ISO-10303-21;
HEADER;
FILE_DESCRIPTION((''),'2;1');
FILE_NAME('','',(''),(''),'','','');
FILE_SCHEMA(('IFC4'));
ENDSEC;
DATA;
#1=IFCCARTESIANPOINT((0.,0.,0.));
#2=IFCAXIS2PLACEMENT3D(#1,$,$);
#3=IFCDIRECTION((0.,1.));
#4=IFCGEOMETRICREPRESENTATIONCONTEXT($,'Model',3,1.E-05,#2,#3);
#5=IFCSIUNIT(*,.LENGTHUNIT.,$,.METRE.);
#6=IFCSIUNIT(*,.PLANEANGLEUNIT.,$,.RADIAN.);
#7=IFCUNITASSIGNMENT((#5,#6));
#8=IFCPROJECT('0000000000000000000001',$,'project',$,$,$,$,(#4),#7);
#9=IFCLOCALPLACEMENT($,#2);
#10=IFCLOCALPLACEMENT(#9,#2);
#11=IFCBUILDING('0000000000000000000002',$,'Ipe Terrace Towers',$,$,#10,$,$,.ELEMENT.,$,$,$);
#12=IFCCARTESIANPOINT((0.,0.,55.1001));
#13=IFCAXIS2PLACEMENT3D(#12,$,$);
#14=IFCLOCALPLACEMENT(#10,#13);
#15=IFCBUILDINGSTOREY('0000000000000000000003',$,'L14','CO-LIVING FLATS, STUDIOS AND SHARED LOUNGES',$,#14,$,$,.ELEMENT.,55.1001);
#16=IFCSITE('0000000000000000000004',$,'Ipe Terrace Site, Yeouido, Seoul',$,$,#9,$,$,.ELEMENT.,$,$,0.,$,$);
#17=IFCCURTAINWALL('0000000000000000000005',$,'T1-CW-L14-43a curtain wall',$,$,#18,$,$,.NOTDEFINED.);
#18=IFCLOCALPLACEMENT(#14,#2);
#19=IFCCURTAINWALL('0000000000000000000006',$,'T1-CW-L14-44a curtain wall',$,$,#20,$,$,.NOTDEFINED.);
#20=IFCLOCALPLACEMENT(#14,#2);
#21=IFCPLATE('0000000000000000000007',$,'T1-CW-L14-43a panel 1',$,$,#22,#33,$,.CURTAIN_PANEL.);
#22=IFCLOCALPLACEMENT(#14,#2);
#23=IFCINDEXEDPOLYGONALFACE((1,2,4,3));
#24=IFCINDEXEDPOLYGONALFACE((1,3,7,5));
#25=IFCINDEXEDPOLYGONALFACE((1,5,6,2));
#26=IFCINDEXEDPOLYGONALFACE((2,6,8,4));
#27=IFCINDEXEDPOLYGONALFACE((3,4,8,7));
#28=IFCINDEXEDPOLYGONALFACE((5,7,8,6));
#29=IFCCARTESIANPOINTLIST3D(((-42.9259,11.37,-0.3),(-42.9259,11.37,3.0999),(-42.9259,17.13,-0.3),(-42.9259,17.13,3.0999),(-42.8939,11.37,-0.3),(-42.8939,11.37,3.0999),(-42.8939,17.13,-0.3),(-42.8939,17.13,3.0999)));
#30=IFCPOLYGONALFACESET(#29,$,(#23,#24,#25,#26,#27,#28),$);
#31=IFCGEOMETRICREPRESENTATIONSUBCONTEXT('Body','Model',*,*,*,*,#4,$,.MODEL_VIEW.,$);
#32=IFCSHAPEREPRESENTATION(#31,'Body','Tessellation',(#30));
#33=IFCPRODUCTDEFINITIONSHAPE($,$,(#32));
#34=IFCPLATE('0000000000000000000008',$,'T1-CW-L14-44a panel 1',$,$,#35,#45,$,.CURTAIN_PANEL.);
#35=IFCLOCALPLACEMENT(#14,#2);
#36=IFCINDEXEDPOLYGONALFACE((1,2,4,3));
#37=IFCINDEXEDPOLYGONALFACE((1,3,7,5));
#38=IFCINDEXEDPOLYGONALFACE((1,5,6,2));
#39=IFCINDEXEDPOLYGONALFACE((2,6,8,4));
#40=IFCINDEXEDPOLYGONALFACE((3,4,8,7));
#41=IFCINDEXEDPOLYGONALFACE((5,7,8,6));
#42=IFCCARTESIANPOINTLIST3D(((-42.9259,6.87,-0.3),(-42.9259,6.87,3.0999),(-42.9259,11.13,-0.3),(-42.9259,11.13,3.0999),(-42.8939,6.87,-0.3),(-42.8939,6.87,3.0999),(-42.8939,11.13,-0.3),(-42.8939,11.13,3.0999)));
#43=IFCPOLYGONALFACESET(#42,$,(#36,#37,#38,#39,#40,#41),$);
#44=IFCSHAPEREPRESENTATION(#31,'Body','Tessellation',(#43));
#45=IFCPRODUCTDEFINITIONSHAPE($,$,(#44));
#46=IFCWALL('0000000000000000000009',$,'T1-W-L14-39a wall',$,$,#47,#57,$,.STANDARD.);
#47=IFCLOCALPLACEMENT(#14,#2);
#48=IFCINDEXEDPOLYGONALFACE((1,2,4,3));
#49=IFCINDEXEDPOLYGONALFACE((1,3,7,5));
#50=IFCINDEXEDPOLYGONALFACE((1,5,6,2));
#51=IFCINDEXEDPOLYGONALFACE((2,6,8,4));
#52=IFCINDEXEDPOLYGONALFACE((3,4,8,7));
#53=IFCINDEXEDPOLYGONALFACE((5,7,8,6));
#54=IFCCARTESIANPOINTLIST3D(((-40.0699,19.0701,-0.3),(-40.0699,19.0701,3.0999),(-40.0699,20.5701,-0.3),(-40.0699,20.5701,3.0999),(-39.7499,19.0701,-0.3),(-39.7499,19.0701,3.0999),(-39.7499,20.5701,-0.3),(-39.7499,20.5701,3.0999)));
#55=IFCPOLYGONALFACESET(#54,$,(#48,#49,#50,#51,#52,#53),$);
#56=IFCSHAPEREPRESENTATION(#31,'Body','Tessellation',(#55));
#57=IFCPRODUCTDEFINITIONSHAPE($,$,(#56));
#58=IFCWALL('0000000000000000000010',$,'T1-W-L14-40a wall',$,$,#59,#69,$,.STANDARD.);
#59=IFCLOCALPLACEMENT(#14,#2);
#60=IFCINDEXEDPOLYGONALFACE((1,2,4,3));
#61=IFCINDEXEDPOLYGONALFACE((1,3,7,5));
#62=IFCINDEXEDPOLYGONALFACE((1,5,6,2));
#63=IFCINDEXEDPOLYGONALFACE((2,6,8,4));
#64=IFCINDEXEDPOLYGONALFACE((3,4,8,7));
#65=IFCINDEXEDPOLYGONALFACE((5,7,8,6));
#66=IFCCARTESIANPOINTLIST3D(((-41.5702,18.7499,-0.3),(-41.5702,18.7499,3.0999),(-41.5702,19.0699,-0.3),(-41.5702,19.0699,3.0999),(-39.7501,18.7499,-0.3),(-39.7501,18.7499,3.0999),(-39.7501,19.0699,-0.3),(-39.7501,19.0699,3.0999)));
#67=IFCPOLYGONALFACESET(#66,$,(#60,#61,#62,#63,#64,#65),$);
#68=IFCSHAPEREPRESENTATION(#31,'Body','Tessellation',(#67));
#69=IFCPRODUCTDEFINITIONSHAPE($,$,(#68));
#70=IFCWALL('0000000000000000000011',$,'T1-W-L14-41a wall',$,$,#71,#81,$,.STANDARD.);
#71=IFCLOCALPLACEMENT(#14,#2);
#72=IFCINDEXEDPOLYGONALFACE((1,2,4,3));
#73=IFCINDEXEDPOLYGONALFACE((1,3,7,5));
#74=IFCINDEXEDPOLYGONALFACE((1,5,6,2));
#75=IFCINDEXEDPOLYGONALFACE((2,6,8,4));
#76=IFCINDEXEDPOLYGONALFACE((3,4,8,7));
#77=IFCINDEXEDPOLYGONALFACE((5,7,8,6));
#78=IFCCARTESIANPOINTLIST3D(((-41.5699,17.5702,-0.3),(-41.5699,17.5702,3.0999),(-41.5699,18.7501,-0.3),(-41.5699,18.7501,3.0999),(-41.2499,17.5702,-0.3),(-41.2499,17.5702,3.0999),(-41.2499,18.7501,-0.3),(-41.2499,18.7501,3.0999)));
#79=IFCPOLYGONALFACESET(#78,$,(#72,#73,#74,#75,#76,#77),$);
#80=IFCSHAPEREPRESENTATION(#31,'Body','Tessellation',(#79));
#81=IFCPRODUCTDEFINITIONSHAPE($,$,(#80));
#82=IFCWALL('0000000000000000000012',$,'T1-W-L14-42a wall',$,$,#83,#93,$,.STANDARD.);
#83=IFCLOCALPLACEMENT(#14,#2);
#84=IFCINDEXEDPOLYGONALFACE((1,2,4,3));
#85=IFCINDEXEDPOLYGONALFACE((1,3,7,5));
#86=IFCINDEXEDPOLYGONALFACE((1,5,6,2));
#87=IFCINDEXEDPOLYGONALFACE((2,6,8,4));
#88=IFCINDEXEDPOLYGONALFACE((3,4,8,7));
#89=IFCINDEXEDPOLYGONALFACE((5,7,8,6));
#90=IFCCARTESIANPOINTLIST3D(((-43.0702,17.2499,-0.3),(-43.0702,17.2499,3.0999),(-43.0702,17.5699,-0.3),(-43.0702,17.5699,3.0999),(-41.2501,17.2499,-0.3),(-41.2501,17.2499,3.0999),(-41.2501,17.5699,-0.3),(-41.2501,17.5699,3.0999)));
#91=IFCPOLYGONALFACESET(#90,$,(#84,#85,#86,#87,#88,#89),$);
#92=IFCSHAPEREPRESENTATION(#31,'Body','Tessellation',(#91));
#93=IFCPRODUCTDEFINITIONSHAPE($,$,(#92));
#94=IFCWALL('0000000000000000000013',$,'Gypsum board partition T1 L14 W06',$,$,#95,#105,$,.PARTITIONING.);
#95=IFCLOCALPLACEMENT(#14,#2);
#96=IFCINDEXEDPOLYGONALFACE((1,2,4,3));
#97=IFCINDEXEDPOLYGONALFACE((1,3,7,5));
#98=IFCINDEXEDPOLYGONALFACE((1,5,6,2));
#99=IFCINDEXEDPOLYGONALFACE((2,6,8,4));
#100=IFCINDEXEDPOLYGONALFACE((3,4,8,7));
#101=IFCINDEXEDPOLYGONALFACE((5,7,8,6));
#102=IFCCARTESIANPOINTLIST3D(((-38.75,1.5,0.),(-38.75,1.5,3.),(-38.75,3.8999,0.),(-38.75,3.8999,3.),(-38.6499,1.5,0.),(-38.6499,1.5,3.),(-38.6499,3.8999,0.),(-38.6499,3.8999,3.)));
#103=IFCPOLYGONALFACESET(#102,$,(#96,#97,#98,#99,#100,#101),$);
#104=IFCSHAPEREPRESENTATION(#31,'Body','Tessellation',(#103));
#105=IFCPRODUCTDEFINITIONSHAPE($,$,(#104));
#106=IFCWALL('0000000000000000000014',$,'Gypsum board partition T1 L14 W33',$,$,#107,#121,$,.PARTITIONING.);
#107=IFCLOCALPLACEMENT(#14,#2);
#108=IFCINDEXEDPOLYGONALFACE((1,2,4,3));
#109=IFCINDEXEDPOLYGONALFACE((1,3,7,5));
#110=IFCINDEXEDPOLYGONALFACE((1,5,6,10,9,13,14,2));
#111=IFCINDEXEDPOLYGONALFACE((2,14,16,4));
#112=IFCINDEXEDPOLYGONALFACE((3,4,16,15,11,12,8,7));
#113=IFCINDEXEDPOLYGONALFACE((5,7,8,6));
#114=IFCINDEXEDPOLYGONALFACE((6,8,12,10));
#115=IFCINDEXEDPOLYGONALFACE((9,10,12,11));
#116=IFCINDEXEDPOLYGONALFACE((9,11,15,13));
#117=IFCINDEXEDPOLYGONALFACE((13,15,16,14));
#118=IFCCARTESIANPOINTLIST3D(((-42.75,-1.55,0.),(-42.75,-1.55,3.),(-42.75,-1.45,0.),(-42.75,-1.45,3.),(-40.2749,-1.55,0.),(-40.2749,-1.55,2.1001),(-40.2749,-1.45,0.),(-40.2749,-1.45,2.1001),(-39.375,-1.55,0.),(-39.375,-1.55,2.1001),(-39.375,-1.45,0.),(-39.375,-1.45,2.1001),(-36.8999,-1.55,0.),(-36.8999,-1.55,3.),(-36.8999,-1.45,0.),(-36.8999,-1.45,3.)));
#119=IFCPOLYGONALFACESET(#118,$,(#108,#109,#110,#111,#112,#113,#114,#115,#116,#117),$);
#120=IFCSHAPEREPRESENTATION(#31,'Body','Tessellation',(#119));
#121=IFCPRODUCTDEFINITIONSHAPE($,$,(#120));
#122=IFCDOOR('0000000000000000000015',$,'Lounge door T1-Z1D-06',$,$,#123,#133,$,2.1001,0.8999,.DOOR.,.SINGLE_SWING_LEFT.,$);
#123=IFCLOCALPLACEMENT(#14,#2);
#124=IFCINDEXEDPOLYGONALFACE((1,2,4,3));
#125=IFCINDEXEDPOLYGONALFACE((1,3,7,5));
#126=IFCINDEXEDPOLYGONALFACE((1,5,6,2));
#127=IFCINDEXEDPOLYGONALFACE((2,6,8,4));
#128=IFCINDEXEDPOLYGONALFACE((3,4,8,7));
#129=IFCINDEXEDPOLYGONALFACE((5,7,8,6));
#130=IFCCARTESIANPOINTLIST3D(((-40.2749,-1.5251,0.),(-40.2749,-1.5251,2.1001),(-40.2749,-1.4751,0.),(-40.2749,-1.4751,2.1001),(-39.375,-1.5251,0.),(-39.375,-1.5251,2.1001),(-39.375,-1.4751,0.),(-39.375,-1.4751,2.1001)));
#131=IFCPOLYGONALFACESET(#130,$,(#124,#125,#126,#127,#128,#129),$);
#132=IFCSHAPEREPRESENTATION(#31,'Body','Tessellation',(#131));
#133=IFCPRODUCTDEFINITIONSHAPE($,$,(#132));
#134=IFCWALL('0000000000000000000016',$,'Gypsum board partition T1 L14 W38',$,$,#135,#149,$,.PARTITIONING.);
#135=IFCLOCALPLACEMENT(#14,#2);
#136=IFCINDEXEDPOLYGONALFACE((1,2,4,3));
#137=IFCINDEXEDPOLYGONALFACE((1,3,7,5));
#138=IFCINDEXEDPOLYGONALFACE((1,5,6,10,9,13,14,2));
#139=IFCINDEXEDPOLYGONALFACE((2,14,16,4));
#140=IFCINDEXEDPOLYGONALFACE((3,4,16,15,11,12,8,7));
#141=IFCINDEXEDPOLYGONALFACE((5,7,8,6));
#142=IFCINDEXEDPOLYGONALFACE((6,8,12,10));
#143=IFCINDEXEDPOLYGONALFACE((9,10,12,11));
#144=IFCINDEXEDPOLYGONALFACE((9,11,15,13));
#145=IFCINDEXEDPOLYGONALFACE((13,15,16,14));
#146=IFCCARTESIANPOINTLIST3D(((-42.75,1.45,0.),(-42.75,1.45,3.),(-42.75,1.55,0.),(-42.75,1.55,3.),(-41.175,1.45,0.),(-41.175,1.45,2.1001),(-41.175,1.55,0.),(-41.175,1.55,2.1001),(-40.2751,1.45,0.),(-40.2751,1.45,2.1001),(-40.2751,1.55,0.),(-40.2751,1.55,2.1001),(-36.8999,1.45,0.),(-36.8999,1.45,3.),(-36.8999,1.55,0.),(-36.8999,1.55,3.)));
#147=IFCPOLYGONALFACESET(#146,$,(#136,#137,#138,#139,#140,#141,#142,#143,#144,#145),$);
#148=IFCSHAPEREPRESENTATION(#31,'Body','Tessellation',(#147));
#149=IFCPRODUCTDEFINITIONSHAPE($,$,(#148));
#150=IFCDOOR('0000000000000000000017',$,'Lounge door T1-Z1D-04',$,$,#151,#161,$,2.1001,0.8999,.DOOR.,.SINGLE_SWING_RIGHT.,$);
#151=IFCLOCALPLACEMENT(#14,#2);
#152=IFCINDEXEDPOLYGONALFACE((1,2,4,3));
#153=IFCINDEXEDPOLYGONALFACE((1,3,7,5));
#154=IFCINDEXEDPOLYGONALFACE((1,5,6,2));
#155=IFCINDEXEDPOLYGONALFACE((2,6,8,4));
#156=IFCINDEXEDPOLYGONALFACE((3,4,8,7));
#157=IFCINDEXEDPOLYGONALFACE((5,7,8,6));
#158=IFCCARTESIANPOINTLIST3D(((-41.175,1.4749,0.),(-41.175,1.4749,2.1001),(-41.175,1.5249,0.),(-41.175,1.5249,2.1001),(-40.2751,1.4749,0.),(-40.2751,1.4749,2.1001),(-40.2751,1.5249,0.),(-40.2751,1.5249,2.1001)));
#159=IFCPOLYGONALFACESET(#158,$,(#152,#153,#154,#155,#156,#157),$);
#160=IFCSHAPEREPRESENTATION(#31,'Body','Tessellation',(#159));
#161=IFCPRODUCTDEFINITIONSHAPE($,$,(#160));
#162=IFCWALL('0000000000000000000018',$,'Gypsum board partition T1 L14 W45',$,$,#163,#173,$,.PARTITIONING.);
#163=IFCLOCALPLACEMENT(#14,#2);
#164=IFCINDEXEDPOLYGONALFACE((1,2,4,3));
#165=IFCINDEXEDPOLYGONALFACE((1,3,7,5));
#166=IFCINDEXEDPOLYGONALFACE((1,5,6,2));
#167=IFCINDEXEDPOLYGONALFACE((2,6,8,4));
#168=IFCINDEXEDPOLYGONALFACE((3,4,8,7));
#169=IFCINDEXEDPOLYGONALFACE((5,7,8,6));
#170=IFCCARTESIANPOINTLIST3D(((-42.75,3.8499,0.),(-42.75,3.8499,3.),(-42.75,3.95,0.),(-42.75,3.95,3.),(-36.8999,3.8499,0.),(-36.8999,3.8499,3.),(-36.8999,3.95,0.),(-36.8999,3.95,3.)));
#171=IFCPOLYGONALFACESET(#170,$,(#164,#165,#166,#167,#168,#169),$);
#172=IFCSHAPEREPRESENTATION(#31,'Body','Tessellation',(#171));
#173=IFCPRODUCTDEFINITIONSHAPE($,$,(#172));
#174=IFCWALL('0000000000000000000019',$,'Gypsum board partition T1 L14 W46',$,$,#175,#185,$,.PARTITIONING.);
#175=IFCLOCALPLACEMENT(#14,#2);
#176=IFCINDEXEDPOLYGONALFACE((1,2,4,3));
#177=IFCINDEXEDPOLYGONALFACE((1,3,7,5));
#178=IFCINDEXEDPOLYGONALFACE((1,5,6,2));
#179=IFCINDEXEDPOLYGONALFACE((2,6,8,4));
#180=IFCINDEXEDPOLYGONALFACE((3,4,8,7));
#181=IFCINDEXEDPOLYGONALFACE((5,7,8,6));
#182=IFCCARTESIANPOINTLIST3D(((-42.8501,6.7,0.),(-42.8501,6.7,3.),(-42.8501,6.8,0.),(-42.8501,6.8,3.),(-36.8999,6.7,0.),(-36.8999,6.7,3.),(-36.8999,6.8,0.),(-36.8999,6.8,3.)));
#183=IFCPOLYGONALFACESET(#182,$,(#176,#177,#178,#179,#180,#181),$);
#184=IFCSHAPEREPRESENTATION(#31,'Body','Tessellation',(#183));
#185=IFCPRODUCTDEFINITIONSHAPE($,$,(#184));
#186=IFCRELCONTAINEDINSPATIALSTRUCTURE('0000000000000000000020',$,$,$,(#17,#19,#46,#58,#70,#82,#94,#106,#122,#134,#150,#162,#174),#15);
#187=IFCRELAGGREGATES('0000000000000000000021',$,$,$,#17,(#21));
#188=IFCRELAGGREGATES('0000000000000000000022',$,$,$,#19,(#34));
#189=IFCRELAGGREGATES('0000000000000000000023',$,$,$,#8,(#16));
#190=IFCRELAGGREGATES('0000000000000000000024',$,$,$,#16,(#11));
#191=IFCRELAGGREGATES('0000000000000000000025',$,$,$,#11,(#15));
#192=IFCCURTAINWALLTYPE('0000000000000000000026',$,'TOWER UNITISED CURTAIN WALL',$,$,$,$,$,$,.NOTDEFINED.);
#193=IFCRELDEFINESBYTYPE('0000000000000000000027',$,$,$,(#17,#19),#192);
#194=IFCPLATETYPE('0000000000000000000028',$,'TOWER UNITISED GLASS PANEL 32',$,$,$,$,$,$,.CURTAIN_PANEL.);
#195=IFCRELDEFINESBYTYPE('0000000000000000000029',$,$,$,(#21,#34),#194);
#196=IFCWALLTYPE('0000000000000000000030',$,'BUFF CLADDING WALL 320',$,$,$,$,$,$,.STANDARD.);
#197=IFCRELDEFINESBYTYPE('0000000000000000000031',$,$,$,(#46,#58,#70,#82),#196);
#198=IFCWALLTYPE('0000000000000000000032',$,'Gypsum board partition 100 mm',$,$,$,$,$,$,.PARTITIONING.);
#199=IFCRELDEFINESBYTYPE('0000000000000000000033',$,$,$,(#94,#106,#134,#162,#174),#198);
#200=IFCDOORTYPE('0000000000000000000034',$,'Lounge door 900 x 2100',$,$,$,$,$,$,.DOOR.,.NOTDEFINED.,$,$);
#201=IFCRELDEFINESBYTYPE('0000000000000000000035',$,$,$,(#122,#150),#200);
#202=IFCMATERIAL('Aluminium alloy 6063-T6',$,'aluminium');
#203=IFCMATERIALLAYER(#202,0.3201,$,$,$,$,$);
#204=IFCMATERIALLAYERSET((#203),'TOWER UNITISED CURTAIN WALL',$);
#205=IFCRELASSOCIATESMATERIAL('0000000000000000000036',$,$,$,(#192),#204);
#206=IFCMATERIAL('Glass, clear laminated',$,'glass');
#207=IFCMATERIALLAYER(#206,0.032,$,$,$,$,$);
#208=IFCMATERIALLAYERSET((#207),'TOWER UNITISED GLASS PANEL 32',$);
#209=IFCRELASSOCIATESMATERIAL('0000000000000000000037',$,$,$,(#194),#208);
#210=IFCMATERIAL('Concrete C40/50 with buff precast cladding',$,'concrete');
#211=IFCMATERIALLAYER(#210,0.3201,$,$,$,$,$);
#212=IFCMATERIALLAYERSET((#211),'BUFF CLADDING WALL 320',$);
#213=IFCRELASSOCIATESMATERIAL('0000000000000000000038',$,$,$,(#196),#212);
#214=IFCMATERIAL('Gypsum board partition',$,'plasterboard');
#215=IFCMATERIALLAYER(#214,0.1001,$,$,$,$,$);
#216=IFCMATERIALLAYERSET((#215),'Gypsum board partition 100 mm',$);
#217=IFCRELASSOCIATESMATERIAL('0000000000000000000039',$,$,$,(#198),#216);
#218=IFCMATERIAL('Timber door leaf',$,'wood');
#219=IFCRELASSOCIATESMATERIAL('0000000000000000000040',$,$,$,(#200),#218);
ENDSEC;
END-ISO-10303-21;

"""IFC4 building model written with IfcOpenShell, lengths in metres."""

from ifc_helpers import new_model, si_unit, direction, frame, frame_2d, origin, origin_2d, place, context, subcontext, project, spatial, rectangle, extrude, material, layer, layer_set, type_object, element, fill, aggregate, save


model = new_model("IFC4")

# Units and contexts
model_context = context("Model", 3, precision=1e-05, world=origin(), true_north=direction((0.0, 1.0)))
body_context = subcontext(model_context, "Body", "Model", "MODEL_VIEW")
ifc_project = project(units=[si_unit("LENGTHUNIT", "METRE"), si_unit("PLANEANGLEUNIT", "RADIAN")], contexts=[model_context])

# Site, building, storey
site_placement = place(None, origin())
site = spatial("IfcSite", under=ifc_project, at=site_placement, Name="Ipe Terrace Site, Yeouido, Seoul", CompositionType="ELEMENT", RefElevation=0.0)
building_placement = place(site_placement, origin())
building = spatial("IfcBuilding", under=site, at=building_placement, Name="Ipe Terrace Towers", CompositionType="ELEMENT")
storey_placement = place(building_placement, frame((0.0, 0.0, 55.1001)))
storey = spatial("IfcBuildingStorey", under=building, at=storey_placement, Name="L14", Description="CO-LIVING FLATS, STUDIOS AND SHARED LOUNGES", CompositionType="ELEMENT", Elevation=55.1001)

# Shared definitions
ifc_material_1 = material(Name="Aluminium alloy 6063-T6", Category="aluminium")
ifc_layer_1 = layer(ifc_material_1, 0.3201)
ifc_layer_set_1 = layer_set([ifc_layer_1], Name="TOWER UNITISED CURTAIN WALL")
curtain_wall_type = type_object("IfcCurtainWallType", Name="TOWER UNITISED CURTAIN WALL", PredefinedType="NOTDEFINED", material=ifc_layer_set_1)

# Curtain walls
curtain_wall_1_placement = place(storey_placement, origin())
curtain_wall_1 = element("IfcCurtainWall", 1, at=curtain_wall_1_placement, inside=storey, type_object=curtain_wall_type, Name="T1-CW-L14-43a curtain wall", PredefinedType="NOTDEFINED")
curtain_wall_2_placement = place(storey_placement, origin())
curtain_wall_2 = element("IfcCurtainWall", 2, at=curtain_wall_2_placement, inside=storey, type_object=curtain_wall_type, Name="T1-CW-L14-44a curtain wall", PredefinedType="NOTDEFINED")

# Plates
ifc_material_2 = material(Name="Glass, clear laminated", Category="glass")
ifc_layer_2 = layer(ifc_material_2, 0.032)
ifc_layer_set_2 = layer_set([ifc_layer_2], Name="TOWER UNITISED GLASS PANEL 32")
plate_type = type_object("IfcPlateType", Name="TOWER UNITISED GLASS PANEL 32", PredefinedType="CURTAIN_PANEL", material=ifc_layer_set_2)
plate_1_placement = place(storey_placement, frame((-42.9099, 14.25, -0.3), z_axis=(0.0, 0.0, 1.0), x_axis=(0.0, -1.0, 0.0)))
plate_1 = element("IfcPlate", 3, at=plate_1_placement, type_object=plate_type, Name="T1-CW-L14-43a panel 1", PredefinedType="CURTAIN_PANEL", context=body_context, shape_type="SweptSolid", body=[
    extrude(rectangle(XDim=5.76, YDim=0.032, at=origin_2d()), origin(), (0.0, 0.0, 1.0), 3.3999),
])
aggregate(curtain_wall_1, [plate_1])
plate_2_placement = place(storey_placement, frame((-42.9099, 9.0, -0.3), z_axis=(0.0, 0.0, 1.0), x_axis=(0.0, -1.0, 0.0)))
plate_2 = element("IfcPlate", 4, at=plate_2_placement, type_object=plate_type, Name="T1-CW-L14-44a panel 1", PredefinedType="CURTAIN_PANEL", context=body_context, shape_type="SweptSolid", body=[
    extrude(rectangle(XDim=4.26, YDim=0.032, at=origin_2d()), origin(), (0.0, 0.0, 1.0), 3.3999),
])
aggregate(curtain_wall_2, [plate_2])

# Walls
ifc_material_3 = material(Name="Concrete C40/50 with buff precast cladding", Category="concrete")
ifc_layer_3 = layer(ifc_material_3, 0.3201)
ifc_layer_set_3 = layer_set([ifc_layer_3], Name="BUFF CLADDING WALL 320")
wall_type_1 = type_object("IfcWallType", Name="BUFF CLADDING WALL 320", PredefinedType="STANDARD", material=ifc_layer_set_3)
wall_1_placement = place(storey_placement, frame((-39.9099, 20.5701, -0.3), z_axis=(0.0, 0.0, 1.0), x_axis=(0.0, -1.0, 0.0)))
element("IfcWall", 5, at=wall_1_placement, inside=storey, type_object=wall_type_1, Name="T1-W-L14-39a wall", PredefinedType="STANDARD", context=body_context, shape_type="SweptSolid", body=[
    extrude(rectangle(XDim=1.5, YDim=0.3201, at=frame_2d((0.75, 0.0))), origin(), (0.0, 0.0, 1.0), 3.3999),
])
wall_2_placement = place(storey_placement, frame((-39.75, 18.9099, -0.3), z_axis=(0.0, 0.0, 1.0), x_axis=(-1.0, 0.0, 0.0)))
element("IfcWall", 6, at=wall_2_placement, inside=storey, type_object=wall_type_1, Name="T1-W-L14-40a wall", PredefinedType="STANDARD", context=body_context, shape_type="SweptSolid", body=[
    extrude(rectangle(XDim=1.8201, YDim=0.3201, at=frame_2d((0.9102, 0.0))), origin(), (0.0, 0.0, 1.0), 3.3999),
])
wall_3_placement = place(storey_placement, frame((-41.4099, 18.75, -0.3), z_axis=(0.0, 0.0, 1.0), x_axis=(0.0, -1.0, 0.0)))
element("IfcWall", 7, at=wall_3_placement, inside=storey, type_object=wall_type_1, Name="T1-W-L14-41a wall", PredefinedType="STANDARD", context=body_context, shape_type="SweptSolid", body=[
    extrude(rectangle(XDim=1.1799, YDim=0.3201, at=frame_2d((0.5898, 0.0))), origin(), (0.0, 0.0, 1.0), 3.3999),
])
wall_4_placement = place(storey_placement, frame((-41.25, 17.4099, -0.3), z_axis=(0.0, 0.0, 1.0), x_axis=(-1.0, 0.0, 0.0)))
element("IfcWall", 8, at=wall_4_placement, inside=storey, type_object=wall_type_1, Name="T1-W-L14-42a wall", PredefinedType="STANDARD", context=body_context, shape_type="SweptSolid", body=[
    extrude(rectangle(XDim=1.8201, YDim=0.3201, at=frame_2d((0.9102, 0.0))), origin(), (0.0, 0.0, 1.0), 3.3999),
])
ifc_material_4 = material(Name="Gypsum board partition", Category="plasterboard")
ifc_layer_4 = layer(ifc_material_4, 0.1001)
ifc_layer_set_4 = layer_set([ifc_layer_4], Name="Gypsum board partition 100 mm")
wall_type_2 = type_object("IfcWallType", Name="Gypsum board partition 100 mm", PredefinedType="PARTITIONING", material=ifc_layer_set_4)
wall_5_placement = place(storey_placement, frame((-38.7, 1.5, 0.0), z_axis=(0.0, 0.0, 1.0), x_axis=(0.0, 1.0, 0.0)))
element("IfcWall", 9, at=wall_5_placement, inside=storey, type_object=wall_type_2, Name="Gypsum board partition T1 L14 W06", PredefinedType="PARTITIONING", context=body_context, shape_type="SweptSolid", body=[
    extrude(rectangle(XDim=2.3999, YDim=0.1001, at=frame_2d((1.2, 0.0))), origin(), (0.0, 0.0, 1.0), 3.0),
])

# Walls, openings, doors
wall_6_placement = place(storey_placement, frame((-42.75, -1.5, 0.0), z_axis=(0.0, 0.0, 1.0), x_axis=(1.0, 0.0, 0.0)))
wall_6 = element("IfcWall", 10, at=wall_6_placement, inside=storey, type_object=wall_type_2, Name="Gypsum board partition T1 L14 W33", PredefinedType="PARTITIONING", context=body_context, shape_type="SweptSolid", body=[
    extrude(rectangle(XDim=5.8501, YDim=0.1001, at=frame_2d((2.925, 0.0))), origin(), (0.0, 0.0, 1.0), 3.0),
])
opening_1_placement = place(wall_6_placement, frame((2.4751, 0.0, 0.0)))
opening_1 = element("IfcOpeningElement", 11, at=opening_1_placement, cuts=wall_6, PredefinedType="OPENING", context=body_context, shape_type="SweptSolid", body=[
    extrude(rectangle(XDim=0.8999, YDim=2.1001, at=frame_2d((0.45, 1.05))), frame((0.0, 0.0601, 0.0), z_axis=(0.0, -1.0, 0.0), x_axis=(1.0, 0.0, 0.0)), (0.0, 0.0, 1.0), 0.1201),
])
ifc_material_5 = material(Name="Timber door leaf", Category="wood")
door_type_1 = type_object("IfcDoorType", Name="Lounge door 900 x 2100", OperationType="NOTDEFINED", PredefinedType="DOOR", material=ifc_material_5)
door_1_placement = place(opening_1_placement, origin())
door_1 = element("IfcDoor", 12, at=door_1_placement, inside=storey, type_object=door_type_1, Name="Lounge door T1-Z1D-06", OperationType="SINGLE_SWING_LEFT", OverallHeight=2.1001, OverallWidth=0.8999, PredefinedType="DOOR", context=body_context, shape_type="SweptSolid", body=[
    extrude(rectangle(XDim=0.8999, YDim=2.1001, at=frame_2d((0.45, 1.05))), frame((0.0, 0.0249, 0.0), z_axis=(0.0, -1.0, 0.0), x_axis=(1.0, 0.0, 0.0)), (0.0, 0.0, 1.0), 0.05),
])
fill(opening_1, door_1)
wall_7_placement = place(storey_placement, frame((-42.75, 1.5, 0.0), z_axis=(0.0, 0.0, 1.0), x_axis=(1.0, 0.0, 0.0)))
wall_7 = element("IfcWall", 13, at=wall_7_placement, inside=storey, type_object=wall_type_2, Name="Gypsum board partition T1 L14 W38", PredefinedType="PARTITIONING", context=body_context, shape_type="SweptSolid", body=[
    extrude(rectangle(XDim=5.8501, YDim=0.1001, at=frame_2d((2.925, 0.0))), origin(), (0.0, 0.0, 1.0), 3.0),
])
opening_2_placement = place(wall_7_placement, frame((1.575, 0.0, 0.0)))
opening_2 = element("IfcOpeningElement", 14, at=opening_2_placement, cuts=wall_7, PredefinedType="OPENING", context=body_context, shape_type="SweptSolid", body=[
    extrude(rectangle(XDim=0.8999, YDim=2.1001, at=frame_2d((0.45, 1.05))), frame((0.0, 0.0601, 0.0), z_axis=(0.0, -1.0, 0.0), x_axis=(1.0, 0.0, 0.0)), (0.0, 0.0, 1.0), 0.1201),
])
door_2_placement = place(opening_2_placement, origin())
door_2 = element("IfcDoor", 15, at=door_2_placement, inside=storey, type_object=door_type_1, Name="Lounge door T1-Z1D-04", OperationType="SINGLE_SWING_RIGHT", OverallHeight=2.1001, OverallWidth=0.8999, PredefinedType="DOOR", context=body_context, shape_type="SweptSolid", body=[
    extrude(rectangle(XDim=0.8999, YDim=2.1001, at=frame_2d((0.45, 1.05))), frame((0.0, 0.0249, 0.0), z_axis=(0.0, -1.0, 0.0), x_axis=(1.0, 0.0, 0.0)), (0.0, 0.0, 1.0), 0.05),
])
fill(opening_2, door_2)

# Walls
wall_8_placement = place(storey_placement, frame((-42.75, 3.8999, 0.0), z_axis=(0.0, 0.0, 1.0), x_axis=(1.0, 0.0, 0.0)))
element("IfcWall", 16, at=wall_8_placement, inside=storey, type_object=wall_type_2, Name="Gypsum board partition T1 L14 W45", PredefinedType="PARTITIONING", context=body_context, shape_type="SweptSolid", body=[
    extrude(rectangle(XDim=5.8501, YDim=0.1001, at=frame_2d((2.925, 0.0))), origin(), (0.0, 0.0, 1.0), 3.0),
])
wall_9_placement = place(storey_placement, frame((-42.8501, 6.75, 0.0), z_axis=(0.0, 0.0, 1.0), x_axis=(1.0, 0.0, 0.0)))
element("IfcWall", 17, at=wall_9_placement, inside=storey, type_object=wall_type_2, Name="Gypsum board partition T1 L14 W46", PredefinedType="PARTITIONING", context=body_context, shape_type="SweptSolid", body=[
    extrude(rectangle(XDim=5.9502, YDim=0.1001, at=frame_2d((2.9751, 0.0))), origin(), (0.0, 0.0, 1.0), 3.0),
])

save(model, "model.ifc")
